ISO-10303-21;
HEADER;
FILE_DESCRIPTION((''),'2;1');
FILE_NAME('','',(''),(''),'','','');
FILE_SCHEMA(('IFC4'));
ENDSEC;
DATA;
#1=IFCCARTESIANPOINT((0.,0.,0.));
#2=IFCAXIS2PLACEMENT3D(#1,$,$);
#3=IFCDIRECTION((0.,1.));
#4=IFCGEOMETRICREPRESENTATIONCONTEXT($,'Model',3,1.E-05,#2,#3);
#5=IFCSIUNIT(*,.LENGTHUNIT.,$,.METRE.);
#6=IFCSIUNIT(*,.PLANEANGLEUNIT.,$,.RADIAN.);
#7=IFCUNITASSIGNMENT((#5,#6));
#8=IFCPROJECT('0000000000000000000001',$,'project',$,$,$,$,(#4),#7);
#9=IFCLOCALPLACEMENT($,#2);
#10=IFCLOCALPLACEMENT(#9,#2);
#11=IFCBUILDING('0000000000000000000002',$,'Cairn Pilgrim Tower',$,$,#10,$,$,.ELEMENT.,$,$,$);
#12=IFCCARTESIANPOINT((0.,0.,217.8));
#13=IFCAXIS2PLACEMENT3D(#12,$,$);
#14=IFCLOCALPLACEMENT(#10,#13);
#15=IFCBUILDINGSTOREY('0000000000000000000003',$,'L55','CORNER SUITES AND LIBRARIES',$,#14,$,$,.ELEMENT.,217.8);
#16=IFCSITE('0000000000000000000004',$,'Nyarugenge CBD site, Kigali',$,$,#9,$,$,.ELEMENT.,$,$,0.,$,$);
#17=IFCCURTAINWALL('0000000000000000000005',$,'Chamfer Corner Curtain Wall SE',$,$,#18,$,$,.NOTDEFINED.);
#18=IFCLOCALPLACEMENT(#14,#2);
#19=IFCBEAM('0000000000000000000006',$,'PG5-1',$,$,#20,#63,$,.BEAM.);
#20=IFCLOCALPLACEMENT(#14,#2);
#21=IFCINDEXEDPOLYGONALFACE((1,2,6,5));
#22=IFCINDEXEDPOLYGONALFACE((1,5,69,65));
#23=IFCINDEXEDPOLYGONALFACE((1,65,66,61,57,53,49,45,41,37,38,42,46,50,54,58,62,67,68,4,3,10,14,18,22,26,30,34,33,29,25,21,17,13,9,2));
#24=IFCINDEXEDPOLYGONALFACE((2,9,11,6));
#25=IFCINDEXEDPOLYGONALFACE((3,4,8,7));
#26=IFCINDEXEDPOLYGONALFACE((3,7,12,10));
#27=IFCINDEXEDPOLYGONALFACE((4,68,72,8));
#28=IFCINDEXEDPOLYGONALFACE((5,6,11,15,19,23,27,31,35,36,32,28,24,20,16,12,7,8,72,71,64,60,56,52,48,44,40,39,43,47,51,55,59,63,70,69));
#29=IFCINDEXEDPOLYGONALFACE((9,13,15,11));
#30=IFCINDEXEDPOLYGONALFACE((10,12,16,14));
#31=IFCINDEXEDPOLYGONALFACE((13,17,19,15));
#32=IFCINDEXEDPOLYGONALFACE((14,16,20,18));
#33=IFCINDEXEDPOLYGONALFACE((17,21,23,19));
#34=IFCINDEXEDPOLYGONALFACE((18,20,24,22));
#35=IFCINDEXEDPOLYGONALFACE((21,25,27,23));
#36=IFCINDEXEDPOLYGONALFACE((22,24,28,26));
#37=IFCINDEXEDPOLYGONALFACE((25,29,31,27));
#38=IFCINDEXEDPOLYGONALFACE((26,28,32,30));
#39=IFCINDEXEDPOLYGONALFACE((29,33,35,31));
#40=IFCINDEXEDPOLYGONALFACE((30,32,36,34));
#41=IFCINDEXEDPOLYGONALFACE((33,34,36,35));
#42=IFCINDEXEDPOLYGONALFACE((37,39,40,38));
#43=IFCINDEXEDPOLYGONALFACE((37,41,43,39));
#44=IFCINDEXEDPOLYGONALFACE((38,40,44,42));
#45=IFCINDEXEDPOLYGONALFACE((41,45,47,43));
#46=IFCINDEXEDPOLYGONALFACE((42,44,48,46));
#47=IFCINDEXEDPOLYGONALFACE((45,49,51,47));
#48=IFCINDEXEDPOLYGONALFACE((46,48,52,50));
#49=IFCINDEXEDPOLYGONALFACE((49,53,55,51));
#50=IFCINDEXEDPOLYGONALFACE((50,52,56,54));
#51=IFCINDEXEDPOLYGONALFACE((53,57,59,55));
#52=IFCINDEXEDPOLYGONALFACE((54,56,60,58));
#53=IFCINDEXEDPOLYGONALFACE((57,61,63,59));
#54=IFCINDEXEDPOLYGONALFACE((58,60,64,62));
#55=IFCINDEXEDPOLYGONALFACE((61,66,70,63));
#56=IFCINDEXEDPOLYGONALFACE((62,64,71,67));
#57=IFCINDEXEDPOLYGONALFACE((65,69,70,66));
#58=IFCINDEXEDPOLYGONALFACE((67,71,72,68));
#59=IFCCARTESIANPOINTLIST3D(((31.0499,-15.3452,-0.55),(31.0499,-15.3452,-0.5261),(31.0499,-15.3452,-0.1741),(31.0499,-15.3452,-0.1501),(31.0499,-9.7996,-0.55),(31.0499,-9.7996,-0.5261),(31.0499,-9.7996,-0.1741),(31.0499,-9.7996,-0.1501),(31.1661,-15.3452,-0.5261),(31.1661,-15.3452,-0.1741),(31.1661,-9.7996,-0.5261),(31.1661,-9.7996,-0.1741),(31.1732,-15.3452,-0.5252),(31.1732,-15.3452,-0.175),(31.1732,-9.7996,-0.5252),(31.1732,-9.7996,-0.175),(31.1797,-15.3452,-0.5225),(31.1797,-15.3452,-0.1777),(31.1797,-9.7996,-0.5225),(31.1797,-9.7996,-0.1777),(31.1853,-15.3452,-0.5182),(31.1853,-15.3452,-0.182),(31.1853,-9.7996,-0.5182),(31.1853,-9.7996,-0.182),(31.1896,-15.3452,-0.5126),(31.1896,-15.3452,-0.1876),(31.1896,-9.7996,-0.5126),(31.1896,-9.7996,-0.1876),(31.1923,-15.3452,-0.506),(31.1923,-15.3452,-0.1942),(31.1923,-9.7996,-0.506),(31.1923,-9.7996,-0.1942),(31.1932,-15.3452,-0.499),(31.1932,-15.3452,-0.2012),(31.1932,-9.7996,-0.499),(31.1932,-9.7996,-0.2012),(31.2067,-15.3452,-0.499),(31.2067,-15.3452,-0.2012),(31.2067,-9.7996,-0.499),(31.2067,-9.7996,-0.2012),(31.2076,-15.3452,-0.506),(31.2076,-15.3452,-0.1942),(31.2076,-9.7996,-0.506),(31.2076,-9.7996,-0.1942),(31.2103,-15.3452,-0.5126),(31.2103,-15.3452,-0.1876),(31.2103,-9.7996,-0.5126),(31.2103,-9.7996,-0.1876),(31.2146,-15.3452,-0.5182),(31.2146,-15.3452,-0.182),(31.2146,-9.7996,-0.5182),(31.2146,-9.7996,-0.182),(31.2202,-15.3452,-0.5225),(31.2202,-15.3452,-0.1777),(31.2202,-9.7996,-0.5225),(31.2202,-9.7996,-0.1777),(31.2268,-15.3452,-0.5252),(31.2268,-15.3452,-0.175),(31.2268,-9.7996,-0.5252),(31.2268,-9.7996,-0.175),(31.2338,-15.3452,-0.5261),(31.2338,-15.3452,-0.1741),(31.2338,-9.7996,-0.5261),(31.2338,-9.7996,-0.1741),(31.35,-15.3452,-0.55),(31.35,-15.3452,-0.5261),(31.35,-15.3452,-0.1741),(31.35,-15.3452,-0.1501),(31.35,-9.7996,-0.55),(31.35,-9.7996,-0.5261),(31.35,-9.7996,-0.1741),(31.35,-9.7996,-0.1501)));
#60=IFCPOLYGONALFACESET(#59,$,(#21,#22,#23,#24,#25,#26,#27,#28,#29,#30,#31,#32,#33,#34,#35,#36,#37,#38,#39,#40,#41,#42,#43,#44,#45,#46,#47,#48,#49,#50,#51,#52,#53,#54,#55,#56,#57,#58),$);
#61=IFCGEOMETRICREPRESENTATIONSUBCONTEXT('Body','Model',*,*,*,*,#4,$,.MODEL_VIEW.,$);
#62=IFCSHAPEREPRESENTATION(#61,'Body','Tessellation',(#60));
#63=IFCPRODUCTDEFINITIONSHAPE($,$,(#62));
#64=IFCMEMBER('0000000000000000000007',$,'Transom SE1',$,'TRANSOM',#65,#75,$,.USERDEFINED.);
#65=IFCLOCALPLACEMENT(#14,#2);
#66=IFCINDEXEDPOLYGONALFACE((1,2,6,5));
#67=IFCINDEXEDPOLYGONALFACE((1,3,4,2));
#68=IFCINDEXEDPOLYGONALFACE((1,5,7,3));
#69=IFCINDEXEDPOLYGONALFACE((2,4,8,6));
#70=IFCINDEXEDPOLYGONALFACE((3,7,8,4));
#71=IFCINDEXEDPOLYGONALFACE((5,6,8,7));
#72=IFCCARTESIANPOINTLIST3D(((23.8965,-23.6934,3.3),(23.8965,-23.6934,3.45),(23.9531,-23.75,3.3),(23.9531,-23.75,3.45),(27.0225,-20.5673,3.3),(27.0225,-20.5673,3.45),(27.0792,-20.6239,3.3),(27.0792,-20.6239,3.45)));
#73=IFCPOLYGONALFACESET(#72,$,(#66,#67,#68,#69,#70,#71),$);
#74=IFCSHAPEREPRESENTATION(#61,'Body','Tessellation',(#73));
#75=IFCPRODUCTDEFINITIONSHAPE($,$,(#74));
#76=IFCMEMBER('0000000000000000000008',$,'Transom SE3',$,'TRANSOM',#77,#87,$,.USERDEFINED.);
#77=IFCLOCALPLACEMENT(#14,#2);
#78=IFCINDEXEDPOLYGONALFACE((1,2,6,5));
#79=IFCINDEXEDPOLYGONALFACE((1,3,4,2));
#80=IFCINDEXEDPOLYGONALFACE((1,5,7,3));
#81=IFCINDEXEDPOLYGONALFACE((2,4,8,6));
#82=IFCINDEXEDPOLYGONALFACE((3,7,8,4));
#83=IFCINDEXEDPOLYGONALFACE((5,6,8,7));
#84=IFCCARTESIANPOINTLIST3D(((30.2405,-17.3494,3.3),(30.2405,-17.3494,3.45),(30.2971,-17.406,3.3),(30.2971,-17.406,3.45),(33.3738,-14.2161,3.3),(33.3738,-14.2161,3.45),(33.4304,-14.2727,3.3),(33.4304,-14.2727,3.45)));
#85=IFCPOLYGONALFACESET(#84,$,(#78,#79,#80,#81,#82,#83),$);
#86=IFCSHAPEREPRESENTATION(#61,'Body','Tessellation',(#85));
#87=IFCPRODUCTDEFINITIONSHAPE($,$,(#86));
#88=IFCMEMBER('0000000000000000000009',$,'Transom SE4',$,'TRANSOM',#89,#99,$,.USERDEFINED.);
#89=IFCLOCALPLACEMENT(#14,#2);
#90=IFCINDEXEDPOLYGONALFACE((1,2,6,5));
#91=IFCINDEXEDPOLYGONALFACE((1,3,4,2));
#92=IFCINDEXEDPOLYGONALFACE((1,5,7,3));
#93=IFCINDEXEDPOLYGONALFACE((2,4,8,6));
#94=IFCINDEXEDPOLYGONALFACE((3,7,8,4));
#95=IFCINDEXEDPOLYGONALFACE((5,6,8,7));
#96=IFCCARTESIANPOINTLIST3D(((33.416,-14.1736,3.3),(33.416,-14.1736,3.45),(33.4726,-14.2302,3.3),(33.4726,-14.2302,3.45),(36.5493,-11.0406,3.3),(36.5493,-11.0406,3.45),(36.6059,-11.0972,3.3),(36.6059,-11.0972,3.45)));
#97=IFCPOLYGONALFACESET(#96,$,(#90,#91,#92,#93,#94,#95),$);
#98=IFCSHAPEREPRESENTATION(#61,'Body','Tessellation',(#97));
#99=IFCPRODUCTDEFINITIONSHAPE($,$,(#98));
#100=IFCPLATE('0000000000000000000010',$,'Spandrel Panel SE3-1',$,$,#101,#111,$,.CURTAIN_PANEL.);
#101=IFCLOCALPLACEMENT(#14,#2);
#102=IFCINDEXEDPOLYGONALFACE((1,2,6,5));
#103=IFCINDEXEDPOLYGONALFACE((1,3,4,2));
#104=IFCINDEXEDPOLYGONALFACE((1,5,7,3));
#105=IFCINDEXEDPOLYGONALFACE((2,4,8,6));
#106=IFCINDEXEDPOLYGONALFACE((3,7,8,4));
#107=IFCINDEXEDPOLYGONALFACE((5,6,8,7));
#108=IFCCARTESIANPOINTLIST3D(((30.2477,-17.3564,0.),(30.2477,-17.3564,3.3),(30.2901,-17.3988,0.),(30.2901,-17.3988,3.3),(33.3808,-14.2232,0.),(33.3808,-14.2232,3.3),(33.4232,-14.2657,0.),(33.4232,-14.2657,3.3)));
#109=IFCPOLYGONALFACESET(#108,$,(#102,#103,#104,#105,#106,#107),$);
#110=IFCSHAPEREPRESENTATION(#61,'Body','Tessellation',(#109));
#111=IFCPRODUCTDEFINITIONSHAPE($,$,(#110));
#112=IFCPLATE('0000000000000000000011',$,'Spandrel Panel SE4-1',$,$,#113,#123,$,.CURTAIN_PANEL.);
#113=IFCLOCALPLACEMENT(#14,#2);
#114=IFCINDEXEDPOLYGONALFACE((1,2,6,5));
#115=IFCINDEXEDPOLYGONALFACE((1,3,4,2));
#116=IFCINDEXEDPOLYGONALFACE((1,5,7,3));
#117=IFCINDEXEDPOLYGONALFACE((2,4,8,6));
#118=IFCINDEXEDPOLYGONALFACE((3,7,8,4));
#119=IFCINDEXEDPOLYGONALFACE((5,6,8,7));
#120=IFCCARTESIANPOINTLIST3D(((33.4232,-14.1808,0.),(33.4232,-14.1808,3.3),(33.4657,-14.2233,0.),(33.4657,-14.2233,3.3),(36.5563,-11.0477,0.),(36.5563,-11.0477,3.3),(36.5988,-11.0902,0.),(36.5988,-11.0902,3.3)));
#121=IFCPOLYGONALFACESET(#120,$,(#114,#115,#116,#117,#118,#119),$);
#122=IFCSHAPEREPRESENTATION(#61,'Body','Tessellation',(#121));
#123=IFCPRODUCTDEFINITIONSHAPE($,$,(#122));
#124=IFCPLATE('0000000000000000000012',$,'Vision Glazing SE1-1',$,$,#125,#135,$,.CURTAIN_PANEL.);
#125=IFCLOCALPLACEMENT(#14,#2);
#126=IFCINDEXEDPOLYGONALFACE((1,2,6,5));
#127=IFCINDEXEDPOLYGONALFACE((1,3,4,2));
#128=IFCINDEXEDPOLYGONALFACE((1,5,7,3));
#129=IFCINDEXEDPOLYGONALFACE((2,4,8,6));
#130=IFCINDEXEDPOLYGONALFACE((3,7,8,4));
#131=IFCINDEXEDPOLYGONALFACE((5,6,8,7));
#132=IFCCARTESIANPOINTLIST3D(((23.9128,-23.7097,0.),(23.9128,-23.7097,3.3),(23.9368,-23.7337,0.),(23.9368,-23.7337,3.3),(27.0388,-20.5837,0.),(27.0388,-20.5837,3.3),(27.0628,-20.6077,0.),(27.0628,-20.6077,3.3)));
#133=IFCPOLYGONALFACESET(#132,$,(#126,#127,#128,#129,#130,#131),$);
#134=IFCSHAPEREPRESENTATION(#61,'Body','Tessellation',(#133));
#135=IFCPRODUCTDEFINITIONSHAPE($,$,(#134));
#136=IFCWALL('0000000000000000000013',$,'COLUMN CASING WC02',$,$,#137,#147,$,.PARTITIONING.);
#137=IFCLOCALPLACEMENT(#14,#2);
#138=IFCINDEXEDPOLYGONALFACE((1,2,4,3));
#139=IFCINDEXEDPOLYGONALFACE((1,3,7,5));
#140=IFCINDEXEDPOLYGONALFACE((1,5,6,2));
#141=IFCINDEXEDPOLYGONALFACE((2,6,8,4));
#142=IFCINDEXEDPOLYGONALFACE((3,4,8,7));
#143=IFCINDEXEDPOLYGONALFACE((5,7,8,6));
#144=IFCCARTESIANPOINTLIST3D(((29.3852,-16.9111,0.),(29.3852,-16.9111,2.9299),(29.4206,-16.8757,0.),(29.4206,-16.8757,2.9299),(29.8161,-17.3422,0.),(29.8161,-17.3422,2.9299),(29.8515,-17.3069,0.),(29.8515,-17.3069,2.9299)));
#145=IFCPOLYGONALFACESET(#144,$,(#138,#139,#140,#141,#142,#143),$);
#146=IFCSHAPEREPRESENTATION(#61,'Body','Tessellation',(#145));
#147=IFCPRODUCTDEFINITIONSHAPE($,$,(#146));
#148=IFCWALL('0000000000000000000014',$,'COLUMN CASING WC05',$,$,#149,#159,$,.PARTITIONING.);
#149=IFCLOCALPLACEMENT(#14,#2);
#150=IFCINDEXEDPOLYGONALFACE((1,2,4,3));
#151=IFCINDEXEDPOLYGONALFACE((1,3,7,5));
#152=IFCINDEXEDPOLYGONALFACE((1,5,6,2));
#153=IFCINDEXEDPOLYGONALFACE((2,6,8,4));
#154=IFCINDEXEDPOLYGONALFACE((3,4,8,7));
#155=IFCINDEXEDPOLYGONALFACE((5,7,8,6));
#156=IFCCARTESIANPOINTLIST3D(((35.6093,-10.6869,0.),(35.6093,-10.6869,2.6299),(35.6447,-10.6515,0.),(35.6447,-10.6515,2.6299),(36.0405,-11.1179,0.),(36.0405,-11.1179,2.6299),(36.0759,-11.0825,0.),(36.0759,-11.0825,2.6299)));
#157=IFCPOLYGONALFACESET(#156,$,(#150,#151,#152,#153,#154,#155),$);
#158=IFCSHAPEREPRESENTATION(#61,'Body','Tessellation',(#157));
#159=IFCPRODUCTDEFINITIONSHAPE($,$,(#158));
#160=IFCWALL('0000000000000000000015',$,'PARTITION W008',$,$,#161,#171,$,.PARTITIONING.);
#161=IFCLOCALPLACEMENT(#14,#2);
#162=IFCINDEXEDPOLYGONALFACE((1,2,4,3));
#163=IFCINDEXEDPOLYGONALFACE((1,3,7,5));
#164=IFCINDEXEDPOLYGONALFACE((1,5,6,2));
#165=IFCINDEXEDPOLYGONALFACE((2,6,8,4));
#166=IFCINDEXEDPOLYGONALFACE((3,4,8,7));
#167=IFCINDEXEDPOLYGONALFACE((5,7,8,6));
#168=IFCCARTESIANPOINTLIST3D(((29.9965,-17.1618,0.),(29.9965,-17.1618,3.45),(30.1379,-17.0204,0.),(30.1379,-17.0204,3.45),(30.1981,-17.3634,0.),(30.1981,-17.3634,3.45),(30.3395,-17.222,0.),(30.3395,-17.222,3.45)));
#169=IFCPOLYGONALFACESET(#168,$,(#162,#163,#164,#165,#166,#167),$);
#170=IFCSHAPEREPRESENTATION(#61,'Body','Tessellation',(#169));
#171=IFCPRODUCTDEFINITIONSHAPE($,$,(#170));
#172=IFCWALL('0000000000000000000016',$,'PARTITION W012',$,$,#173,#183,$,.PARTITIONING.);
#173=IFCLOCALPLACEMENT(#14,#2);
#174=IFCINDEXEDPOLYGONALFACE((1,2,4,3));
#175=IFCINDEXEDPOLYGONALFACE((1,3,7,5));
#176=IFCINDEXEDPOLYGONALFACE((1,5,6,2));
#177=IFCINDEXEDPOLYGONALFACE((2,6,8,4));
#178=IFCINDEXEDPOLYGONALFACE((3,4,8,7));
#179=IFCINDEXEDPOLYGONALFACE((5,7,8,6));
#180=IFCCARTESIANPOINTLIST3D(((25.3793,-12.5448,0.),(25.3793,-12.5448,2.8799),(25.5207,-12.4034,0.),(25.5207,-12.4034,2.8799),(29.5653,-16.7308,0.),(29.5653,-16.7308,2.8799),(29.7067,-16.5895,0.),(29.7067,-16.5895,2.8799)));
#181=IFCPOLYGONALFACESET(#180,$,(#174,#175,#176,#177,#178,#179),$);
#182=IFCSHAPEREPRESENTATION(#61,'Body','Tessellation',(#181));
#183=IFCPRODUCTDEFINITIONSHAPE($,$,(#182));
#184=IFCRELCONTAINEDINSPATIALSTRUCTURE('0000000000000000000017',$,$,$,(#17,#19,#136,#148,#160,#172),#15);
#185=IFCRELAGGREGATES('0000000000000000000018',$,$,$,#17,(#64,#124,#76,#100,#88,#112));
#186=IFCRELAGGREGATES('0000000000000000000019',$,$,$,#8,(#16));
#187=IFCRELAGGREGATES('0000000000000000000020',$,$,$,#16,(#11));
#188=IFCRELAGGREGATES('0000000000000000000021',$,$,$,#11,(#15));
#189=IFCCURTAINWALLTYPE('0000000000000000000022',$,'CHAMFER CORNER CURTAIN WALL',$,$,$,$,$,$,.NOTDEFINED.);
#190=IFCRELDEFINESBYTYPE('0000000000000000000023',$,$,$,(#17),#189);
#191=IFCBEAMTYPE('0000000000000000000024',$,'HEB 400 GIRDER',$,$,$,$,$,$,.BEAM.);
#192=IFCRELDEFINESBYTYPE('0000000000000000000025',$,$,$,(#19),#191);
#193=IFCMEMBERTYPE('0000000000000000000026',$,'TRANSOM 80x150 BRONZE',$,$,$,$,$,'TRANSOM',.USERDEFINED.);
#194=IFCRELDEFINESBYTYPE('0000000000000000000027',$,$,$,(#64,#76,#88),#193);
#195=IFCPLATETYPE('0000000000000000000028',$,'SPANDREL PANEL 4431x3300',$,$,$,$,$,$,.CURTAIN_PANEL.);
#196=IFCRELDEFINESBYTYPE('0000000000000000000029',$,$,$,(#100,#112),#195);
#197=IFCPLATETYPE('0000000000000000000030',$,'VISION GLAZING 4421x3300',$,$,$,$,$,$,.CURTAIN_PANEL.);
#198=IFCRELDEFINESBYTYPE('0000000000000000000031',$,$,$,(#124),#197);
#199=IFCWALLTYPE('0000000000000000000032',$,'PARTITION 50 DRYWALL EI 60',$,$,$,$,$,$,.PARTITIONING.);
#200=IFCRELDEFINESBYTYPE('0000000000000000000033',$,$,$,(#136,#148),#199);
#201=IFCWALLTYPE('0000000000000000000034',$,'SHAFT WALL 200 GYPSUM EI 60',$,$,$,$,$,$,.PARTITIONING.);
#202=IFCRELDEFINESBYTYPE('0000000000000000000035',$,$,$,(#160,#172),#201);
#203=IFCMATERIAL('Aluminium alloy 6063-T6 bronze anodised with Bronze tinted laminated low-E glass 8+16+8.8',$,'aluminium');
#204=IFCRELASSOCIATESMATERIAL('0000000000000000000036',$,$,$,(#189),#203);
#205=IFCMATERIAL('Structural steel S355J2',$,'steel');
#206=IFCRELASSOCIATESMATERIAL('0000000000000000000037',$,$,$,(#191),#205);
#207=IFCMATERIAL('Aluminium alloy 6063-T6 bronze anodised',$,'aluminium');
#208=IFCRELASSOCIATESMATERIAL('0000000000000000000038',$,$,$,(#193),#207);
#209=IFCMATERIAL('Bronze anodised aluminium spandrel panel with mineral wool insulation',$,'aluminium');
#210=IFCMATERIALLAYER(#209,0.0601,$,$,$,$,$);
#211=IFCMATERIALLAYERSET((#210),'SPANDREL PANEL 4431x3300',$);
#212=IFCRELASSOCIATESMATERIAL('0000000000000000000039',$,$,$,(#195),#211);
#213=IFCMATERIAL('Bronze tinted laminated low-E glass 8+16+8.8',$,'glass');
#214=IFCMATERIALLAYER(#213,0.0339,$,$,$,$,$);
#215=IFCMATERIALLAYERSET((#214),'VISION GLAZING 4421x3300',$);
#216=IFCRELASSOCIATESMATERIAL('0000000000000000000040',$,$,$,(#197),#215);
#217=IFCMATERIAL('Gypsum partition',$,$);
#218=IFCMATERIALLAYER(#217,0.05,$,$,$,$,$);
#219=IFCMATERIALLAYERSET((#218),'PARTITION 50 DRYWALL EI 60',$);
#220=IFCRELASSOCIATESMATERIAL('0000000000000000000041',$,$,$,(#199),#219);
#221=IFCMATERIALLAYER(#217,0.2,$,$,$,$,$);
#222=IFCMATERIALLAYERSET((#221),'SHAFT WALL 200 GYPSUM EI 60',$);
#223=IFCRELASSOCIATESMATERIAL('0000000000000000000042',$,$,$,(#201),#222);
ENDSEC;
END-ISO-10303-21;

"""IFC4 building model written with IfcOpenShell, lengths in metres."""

from ifc_helpers import new_model, si_unit, direction, frame, frame_2d, origin, origin_2d, place, context, subcontext, project, spatial, rectangle, i_section, extrude, material, layer, layer_set, material_profile, profile_set, type_object, element, aggregate, save


model = new_model("IFC4")

# Units and contexts
model_context = context("Model", 3, precision=1e-05, world=origin(), true_north=direction((0.0, 1.0)))
body_context = subcontext(model_context, "Body", "Model", "MODEL_VIEW")
ifc_project = project(units=[si_unit("LENGTHUNIT", "METRE"), si_unit("PLANEANGLEUNIT", "RADIAN")], contexts=[model_context])

# Site, building, storey
site_placement = place(None, origin())
site = spatial("IfcSite", under=ifc_project, at=site_placement, Name="Nyarugenge CBD site, Kigali", CompositionType="ELEMENT", RefElevation=0.0)
building_placement = place(site_placement, origin())
building = spatial("IfcBuilding", under=site, at=building_placement, Name="Cairn Pilgrim Tower", CompositionType="ELEMENT")
storey_placement = place(building_placement, frame((0.0, 0.0, 217.8)))
storey = spatial("IfcBuildingStorey", under=building, at=storey_placement, Name="L55", Description="CORNER SUITES AND LIBRARIES", CompositionType="ELEMENT", Elevation=217.8)

# Shared definitions
ifc_material_1 = material(Name="Structural steel S355J2", Category="steel")

# Curtain wall
ifc_material_2 = material(Name="Aluminium alloy 6063-T6 bronze anodised with Bronze tinted laminated low-E glass 8+16+8.8", Category="aluminium")
curtain_wall_type = type_object("IfcCurtainWallType", Name="CHAMFER CORNER CURTAIN WALL", PredefinedType="NOTDEFINED", material=ifc_material_2)
curtain_wall_placement = place(storey_placement, origin())
curtain_wall = element("IfcCurtainWall", 1, at=curtain_wall_placement, inside=storey, type_object=curtain_wall_type, Name="Chamfer Corner Curtain Wall SE", PredefinedType="NOTDEFINED")
ifc_material_3 = material(Name="Aluminium alloy 6063-T6 bronze anodised", Category="aluminium")

# Beam
ifc_material_profile_1 = material_profile(ifc_material_1, i_section(OverallWidth=0.3, OverallDepth=0.3999, WebThickness=0.0134, FlangeThickness=0.0239, FilletRadius=0.0271, at=origin_2d()), Name="HEB 400")
ifc_profile_set_1 = profile_set([ifc_material_profile_1], Name="Structural steel S355J2")
beam_type_1 = type_object("IfcBeamType", Name="HEB 400 GIRDER", PredefinedType="BEAM", material=ifc_profile_set_1)
beam_1_placement = place(storey_placement, frame((31.2, -15.3452, -0.3501), z_axis=(0.0, 1.0, 0.0), x_axis=(-1.0, 0.0, 0.0)))
element("IfcBeam", 2, at=beam_1_placement, inside=storey, type_object=beam_type_1, Name="PG5-1", PredefinedType="BEAM", context=body_context, shape_type="SweptSolid", body=[
    extrude(i_section(OverallWidth=0.3, OverallDepth=0.3999, WebThickness=0.0134, FlangeThickness=0.0239, FilletRadius=0.0271, at=origin_2d()), origin(), (0.0, 0.0, 1.0), 5.5457),
])

# Members
ifc_material_profile_2 = material_profile(ifc_material_3, rectangle(XDim=0.0801, YDim=0.1499, at=origin_2d()), Name="TRANSOM 80x150 BRONZE")
ifc_profile_set_2 = profile_set([ifc_material_profile_2], Name="Aluminium alloy 6063-T6 bronze anodised")
member_type_1 = type_object("IfcMemberType", Name="TRANSOM 80x150 BRONZE", ElementType="TRANSOM", PredefinedType="USERDEFINED", material=ifc_profile_set_2)
member_1_placement = place(storey_placement, frame((23.9248, -23.7217, 3.375), z_axis=(0.707107, 0.707107, 0.0), x_axis=(-0.707107, 0.707107, 0.0)))
member_1 = element("IfcMember", 3, at=member_1_placement, type_object=member_type_1, Name="Transom SE1", ObjectType="TRANSOM", PredefinedType="USERDEFINED", context=body_context, shape_type="SweptSolid", body=[
    extrude(rectangle(XDim=0.0801, YDim=0.1499, at=origin_2d()), origin(), (0.0, 0.0, 1.0), 4.4209),
])
member_2_placement = place(storey_placement, frame((30.2688, -17.3777, 3.375), z_axis=(0.707107, 0.707107, 0.0), x_axis=(-0.707107, 0.707107, 0.0)))
member_2 = element("IfcMember", 4, at=member_2_placement, type_object=member_type_1, Name="Transom SE3", ObjectType="TRANSOM", PredefinedType="USERDEFINED", context=body_context, shape_type="SweptSolid", body=[
    extrude(rectangle(XDim=0.0801, YDim=0.1499, at=origin_2d()), origin(), (0.0, 0.0, 1.0), 4.4312),
])
member_3_placement = place(storey_placement, frame((33.4443, -14.2019, 3.375), z_axis=(0.707134, 0.707079, 0.0), x_axis=(-0.707079, 0.707134, 0.0)))
member_3 = element("IfcMember", 5, at=member_3_placement, type_object=member_type_1, Name="Transom SE4", ObjectType="TRANSOM", PredefinedType="USERDEFINED", context=body_context, shape_type="SweptSolid", body=[
    extrude(rectangle(XDim=0.0801, YDim=0.1499, at=origin_2d()), origin(), (0.0, 0.0, 1.0), 4.4309),
])

# Plates
ifc_material_4 = material(Name="Bronze anodised aluminium spandrel panel with mineral wool insulation", Category="aluminium")
ifc_layer_1 = layer(ifc_material_4, 0.0601)
ifc_layer_set_1 = layer_set([ifc_layer_1], Name="SPANDREL PANEL 4431x3300")
plate_type_1 = type_object("IfcPlateType", Name="SPANDREL PANEL 4431x3300", PredefinedType="CURTAIN_PANEL", material=ifc_layer_set_1)
plate_1_placement = place(storey_placement, frame((31.8354, -15.811, 0.0), z_axis=(0.0, 0.0, 1.0), x_axis=(0.707107, 0.707107, 0.0)))
plate_1 = element("IfcPlate", 6, at=plate_1_placement, type_object=plate_type_1, Name="Spandrel Panel SE3-1", PredefinedType="CURTAIN_PANEL", context=body_context, shape_type="SweptSolid", body=[
    extrude(rectangle(XDim=4.4309, YDim=0.0601, at=origin_2d()), origin(), (0.0, 0.0, 1.0), 3.3),
])
plate_2_placement = place(storey_placement, frame((35.011, -12.6355, 0.0), z_axis=(0.0, 0.0, 1.0), x_axis=(0.707107, 0.707107, 0.0)))
plate_2 = element("IfcPlate", 7, at=plate_2_placement, type_object=plate_type_1, Name="Spandrel Panel SE4-1", PredefinedType="CURTAIN_PANEL", context=body_context, shape_type="SweptSolid", body=[
    extrude(rectangle(XDim=4.4309, YDim=0.0601, at=origin_2d()), origin(), (0.0, 0.0, 1.0), 3.3),
])
ifc_material_5 = material(Name="Bronze tinted laminated low-E glass 8+16+8.8", Category="glass")
ifc_layer_2 = layer(ifc_material_5, 0.0339)
ifc_layer_set_2 = layer_set([ifc_layer_2], Name="VISION GLAZING 4421x3300")
plate_type_2 = type_object("IfcPlateType", Name="VISION GLAZING 4421x3300", PredefinedType="CURTAIN_PANEL", material=ifc_layer_set_2)
plate_3_placement = place(storey_placement, frame((25.4878, -22.1587, 0.0), z_axis=(0.0, 0.0, 1.0), x_axis=(0.707107, 0.707107, 0.0)))
plate_3 = element("IfcPlate", 8, at=plate_3_placement, type_object=plate_type_2, Name="Vision Glazing SE1-1", PredefinedType="CURTAIN_PANEL", context=body_context, shape_type="SweptSolid", body=[
    extrude(rectangle(XDim=4.4209, YDim=0.0339, at=origin_2d()), origin(), (0.0, 0.0, 1.0), 3.3),
])
aggregate(curtain_wall, [member_1, plate_3, member_2, plate_1, member_3, plate_2])

# Walls
ifc_material_6 = material(Name="Gypsum partition")
ifc_layer_3 = layer(ifc_material_6, 0.05)
ifc_layer_set_3 = layer_set([ifc_layer_3], Name="PARTITION 50 DRYWALL EI 60")
wall_type_1 = type_object("IfcWallType", Name="PARTITION 50 DRYWALL EI 60", PredefinedType="PARTITIONING", material=ifc_layer_set_3)
wall_1_placement = place(storey_placement, frame((29.8337, -17.3245, 0.0), z_axis=(0.0, 0.0, 1.0), x_axis=(-0.706906, 0.707307, 0.0)))
element("IfcWall", 9, at=wall_1_placement, inside=storey, type_object=wall_type_1, Name="COLUMN CASING WC02", PredefinedType="PARTITIONING", context=body_context, shape_type="SweptSolid", body=[
    extrude(rectangle(XDim=0.6096, YDim=0.05, at=frame_2d((0.3047, 0.0))), origin(), (0.0, 0.0, 1.0), 2.9299),
])
wall_2_placement = place(storey_placement, frame((36.0581, -11.1001, 0.0), z_axis=(0.0, 0.0, 1.0), x_axis=(-0.707307, 0.706906, 0.0)))
element("IfcWall", 10, at=wall_2_placement, inside=storey, type_object=wall_type_1, Name="COLUMN CASING WC05", PredefinedType="PARTITIONING", context=body_context, shape_type="SweptSolid", body=[
    extrude(rectangle(XDim=0.6096, YDim=0.05, at=frame_2d((0.3047, 0.0))), origin(), (0.0, 0.0, 1.0), 2.6299),
])
ifc_layer_4 = layer(ifc_material_6, 0.2)
ifc_layer_set_4 = layer_set([ifc_layer_4], Name="SHAFT WALL 200 GYPSUM EI 60")
wall_type_2 = type_object("IfcWallType", Name="SHAFT WALL 200 GYPSUM EI 60", PredefinedType="PARTITIONING", material=ifc_layer_set_4)
wall_3_placement = place(storey_placement, frame((30.2688, -17.2927, 0.0), z_axis=(0.0, 0.0, 1.0), x_axis=(-0.707107, 0.707107, 0.0)))
element("IfcWall", 11, at=wall_3_placement, inside=storey, type_object=wall_type_2, Name="PARTITION W008", PredefinedType="PARTITIONING", context=body_context, shape_type="SweptSolid", body=[
    extrude(rectangle(XDim=0.2852, YDim=0.2, at=frame_2d((0.1426, 0.0))), origin(), (0.0, 0.0, 1.0), 3.45),
])
wall_4_placement = place(storey_placement, frame((29.636, -16.6602, 0.0), z_axis=(0.0, 0.0, 1.0), x_axis=(-0.707107, 0.707107, 0.0)))
element("IfcWall", 12, at=wall_4_placement, inside=storey, type_object=wall_type_2, Name="PARTITION W012", PredefinedType="PARTITIONING", context=body_context, shape_type="SweptSolid", body=[
    extrude(rectangle(XDim=5.9199, YDim=0.2, at=frame_2d((2.96, 0.0))), origin(), (0.0, 0.0, 1.0), 2.8799),
])

save(model, "model.ifc")
